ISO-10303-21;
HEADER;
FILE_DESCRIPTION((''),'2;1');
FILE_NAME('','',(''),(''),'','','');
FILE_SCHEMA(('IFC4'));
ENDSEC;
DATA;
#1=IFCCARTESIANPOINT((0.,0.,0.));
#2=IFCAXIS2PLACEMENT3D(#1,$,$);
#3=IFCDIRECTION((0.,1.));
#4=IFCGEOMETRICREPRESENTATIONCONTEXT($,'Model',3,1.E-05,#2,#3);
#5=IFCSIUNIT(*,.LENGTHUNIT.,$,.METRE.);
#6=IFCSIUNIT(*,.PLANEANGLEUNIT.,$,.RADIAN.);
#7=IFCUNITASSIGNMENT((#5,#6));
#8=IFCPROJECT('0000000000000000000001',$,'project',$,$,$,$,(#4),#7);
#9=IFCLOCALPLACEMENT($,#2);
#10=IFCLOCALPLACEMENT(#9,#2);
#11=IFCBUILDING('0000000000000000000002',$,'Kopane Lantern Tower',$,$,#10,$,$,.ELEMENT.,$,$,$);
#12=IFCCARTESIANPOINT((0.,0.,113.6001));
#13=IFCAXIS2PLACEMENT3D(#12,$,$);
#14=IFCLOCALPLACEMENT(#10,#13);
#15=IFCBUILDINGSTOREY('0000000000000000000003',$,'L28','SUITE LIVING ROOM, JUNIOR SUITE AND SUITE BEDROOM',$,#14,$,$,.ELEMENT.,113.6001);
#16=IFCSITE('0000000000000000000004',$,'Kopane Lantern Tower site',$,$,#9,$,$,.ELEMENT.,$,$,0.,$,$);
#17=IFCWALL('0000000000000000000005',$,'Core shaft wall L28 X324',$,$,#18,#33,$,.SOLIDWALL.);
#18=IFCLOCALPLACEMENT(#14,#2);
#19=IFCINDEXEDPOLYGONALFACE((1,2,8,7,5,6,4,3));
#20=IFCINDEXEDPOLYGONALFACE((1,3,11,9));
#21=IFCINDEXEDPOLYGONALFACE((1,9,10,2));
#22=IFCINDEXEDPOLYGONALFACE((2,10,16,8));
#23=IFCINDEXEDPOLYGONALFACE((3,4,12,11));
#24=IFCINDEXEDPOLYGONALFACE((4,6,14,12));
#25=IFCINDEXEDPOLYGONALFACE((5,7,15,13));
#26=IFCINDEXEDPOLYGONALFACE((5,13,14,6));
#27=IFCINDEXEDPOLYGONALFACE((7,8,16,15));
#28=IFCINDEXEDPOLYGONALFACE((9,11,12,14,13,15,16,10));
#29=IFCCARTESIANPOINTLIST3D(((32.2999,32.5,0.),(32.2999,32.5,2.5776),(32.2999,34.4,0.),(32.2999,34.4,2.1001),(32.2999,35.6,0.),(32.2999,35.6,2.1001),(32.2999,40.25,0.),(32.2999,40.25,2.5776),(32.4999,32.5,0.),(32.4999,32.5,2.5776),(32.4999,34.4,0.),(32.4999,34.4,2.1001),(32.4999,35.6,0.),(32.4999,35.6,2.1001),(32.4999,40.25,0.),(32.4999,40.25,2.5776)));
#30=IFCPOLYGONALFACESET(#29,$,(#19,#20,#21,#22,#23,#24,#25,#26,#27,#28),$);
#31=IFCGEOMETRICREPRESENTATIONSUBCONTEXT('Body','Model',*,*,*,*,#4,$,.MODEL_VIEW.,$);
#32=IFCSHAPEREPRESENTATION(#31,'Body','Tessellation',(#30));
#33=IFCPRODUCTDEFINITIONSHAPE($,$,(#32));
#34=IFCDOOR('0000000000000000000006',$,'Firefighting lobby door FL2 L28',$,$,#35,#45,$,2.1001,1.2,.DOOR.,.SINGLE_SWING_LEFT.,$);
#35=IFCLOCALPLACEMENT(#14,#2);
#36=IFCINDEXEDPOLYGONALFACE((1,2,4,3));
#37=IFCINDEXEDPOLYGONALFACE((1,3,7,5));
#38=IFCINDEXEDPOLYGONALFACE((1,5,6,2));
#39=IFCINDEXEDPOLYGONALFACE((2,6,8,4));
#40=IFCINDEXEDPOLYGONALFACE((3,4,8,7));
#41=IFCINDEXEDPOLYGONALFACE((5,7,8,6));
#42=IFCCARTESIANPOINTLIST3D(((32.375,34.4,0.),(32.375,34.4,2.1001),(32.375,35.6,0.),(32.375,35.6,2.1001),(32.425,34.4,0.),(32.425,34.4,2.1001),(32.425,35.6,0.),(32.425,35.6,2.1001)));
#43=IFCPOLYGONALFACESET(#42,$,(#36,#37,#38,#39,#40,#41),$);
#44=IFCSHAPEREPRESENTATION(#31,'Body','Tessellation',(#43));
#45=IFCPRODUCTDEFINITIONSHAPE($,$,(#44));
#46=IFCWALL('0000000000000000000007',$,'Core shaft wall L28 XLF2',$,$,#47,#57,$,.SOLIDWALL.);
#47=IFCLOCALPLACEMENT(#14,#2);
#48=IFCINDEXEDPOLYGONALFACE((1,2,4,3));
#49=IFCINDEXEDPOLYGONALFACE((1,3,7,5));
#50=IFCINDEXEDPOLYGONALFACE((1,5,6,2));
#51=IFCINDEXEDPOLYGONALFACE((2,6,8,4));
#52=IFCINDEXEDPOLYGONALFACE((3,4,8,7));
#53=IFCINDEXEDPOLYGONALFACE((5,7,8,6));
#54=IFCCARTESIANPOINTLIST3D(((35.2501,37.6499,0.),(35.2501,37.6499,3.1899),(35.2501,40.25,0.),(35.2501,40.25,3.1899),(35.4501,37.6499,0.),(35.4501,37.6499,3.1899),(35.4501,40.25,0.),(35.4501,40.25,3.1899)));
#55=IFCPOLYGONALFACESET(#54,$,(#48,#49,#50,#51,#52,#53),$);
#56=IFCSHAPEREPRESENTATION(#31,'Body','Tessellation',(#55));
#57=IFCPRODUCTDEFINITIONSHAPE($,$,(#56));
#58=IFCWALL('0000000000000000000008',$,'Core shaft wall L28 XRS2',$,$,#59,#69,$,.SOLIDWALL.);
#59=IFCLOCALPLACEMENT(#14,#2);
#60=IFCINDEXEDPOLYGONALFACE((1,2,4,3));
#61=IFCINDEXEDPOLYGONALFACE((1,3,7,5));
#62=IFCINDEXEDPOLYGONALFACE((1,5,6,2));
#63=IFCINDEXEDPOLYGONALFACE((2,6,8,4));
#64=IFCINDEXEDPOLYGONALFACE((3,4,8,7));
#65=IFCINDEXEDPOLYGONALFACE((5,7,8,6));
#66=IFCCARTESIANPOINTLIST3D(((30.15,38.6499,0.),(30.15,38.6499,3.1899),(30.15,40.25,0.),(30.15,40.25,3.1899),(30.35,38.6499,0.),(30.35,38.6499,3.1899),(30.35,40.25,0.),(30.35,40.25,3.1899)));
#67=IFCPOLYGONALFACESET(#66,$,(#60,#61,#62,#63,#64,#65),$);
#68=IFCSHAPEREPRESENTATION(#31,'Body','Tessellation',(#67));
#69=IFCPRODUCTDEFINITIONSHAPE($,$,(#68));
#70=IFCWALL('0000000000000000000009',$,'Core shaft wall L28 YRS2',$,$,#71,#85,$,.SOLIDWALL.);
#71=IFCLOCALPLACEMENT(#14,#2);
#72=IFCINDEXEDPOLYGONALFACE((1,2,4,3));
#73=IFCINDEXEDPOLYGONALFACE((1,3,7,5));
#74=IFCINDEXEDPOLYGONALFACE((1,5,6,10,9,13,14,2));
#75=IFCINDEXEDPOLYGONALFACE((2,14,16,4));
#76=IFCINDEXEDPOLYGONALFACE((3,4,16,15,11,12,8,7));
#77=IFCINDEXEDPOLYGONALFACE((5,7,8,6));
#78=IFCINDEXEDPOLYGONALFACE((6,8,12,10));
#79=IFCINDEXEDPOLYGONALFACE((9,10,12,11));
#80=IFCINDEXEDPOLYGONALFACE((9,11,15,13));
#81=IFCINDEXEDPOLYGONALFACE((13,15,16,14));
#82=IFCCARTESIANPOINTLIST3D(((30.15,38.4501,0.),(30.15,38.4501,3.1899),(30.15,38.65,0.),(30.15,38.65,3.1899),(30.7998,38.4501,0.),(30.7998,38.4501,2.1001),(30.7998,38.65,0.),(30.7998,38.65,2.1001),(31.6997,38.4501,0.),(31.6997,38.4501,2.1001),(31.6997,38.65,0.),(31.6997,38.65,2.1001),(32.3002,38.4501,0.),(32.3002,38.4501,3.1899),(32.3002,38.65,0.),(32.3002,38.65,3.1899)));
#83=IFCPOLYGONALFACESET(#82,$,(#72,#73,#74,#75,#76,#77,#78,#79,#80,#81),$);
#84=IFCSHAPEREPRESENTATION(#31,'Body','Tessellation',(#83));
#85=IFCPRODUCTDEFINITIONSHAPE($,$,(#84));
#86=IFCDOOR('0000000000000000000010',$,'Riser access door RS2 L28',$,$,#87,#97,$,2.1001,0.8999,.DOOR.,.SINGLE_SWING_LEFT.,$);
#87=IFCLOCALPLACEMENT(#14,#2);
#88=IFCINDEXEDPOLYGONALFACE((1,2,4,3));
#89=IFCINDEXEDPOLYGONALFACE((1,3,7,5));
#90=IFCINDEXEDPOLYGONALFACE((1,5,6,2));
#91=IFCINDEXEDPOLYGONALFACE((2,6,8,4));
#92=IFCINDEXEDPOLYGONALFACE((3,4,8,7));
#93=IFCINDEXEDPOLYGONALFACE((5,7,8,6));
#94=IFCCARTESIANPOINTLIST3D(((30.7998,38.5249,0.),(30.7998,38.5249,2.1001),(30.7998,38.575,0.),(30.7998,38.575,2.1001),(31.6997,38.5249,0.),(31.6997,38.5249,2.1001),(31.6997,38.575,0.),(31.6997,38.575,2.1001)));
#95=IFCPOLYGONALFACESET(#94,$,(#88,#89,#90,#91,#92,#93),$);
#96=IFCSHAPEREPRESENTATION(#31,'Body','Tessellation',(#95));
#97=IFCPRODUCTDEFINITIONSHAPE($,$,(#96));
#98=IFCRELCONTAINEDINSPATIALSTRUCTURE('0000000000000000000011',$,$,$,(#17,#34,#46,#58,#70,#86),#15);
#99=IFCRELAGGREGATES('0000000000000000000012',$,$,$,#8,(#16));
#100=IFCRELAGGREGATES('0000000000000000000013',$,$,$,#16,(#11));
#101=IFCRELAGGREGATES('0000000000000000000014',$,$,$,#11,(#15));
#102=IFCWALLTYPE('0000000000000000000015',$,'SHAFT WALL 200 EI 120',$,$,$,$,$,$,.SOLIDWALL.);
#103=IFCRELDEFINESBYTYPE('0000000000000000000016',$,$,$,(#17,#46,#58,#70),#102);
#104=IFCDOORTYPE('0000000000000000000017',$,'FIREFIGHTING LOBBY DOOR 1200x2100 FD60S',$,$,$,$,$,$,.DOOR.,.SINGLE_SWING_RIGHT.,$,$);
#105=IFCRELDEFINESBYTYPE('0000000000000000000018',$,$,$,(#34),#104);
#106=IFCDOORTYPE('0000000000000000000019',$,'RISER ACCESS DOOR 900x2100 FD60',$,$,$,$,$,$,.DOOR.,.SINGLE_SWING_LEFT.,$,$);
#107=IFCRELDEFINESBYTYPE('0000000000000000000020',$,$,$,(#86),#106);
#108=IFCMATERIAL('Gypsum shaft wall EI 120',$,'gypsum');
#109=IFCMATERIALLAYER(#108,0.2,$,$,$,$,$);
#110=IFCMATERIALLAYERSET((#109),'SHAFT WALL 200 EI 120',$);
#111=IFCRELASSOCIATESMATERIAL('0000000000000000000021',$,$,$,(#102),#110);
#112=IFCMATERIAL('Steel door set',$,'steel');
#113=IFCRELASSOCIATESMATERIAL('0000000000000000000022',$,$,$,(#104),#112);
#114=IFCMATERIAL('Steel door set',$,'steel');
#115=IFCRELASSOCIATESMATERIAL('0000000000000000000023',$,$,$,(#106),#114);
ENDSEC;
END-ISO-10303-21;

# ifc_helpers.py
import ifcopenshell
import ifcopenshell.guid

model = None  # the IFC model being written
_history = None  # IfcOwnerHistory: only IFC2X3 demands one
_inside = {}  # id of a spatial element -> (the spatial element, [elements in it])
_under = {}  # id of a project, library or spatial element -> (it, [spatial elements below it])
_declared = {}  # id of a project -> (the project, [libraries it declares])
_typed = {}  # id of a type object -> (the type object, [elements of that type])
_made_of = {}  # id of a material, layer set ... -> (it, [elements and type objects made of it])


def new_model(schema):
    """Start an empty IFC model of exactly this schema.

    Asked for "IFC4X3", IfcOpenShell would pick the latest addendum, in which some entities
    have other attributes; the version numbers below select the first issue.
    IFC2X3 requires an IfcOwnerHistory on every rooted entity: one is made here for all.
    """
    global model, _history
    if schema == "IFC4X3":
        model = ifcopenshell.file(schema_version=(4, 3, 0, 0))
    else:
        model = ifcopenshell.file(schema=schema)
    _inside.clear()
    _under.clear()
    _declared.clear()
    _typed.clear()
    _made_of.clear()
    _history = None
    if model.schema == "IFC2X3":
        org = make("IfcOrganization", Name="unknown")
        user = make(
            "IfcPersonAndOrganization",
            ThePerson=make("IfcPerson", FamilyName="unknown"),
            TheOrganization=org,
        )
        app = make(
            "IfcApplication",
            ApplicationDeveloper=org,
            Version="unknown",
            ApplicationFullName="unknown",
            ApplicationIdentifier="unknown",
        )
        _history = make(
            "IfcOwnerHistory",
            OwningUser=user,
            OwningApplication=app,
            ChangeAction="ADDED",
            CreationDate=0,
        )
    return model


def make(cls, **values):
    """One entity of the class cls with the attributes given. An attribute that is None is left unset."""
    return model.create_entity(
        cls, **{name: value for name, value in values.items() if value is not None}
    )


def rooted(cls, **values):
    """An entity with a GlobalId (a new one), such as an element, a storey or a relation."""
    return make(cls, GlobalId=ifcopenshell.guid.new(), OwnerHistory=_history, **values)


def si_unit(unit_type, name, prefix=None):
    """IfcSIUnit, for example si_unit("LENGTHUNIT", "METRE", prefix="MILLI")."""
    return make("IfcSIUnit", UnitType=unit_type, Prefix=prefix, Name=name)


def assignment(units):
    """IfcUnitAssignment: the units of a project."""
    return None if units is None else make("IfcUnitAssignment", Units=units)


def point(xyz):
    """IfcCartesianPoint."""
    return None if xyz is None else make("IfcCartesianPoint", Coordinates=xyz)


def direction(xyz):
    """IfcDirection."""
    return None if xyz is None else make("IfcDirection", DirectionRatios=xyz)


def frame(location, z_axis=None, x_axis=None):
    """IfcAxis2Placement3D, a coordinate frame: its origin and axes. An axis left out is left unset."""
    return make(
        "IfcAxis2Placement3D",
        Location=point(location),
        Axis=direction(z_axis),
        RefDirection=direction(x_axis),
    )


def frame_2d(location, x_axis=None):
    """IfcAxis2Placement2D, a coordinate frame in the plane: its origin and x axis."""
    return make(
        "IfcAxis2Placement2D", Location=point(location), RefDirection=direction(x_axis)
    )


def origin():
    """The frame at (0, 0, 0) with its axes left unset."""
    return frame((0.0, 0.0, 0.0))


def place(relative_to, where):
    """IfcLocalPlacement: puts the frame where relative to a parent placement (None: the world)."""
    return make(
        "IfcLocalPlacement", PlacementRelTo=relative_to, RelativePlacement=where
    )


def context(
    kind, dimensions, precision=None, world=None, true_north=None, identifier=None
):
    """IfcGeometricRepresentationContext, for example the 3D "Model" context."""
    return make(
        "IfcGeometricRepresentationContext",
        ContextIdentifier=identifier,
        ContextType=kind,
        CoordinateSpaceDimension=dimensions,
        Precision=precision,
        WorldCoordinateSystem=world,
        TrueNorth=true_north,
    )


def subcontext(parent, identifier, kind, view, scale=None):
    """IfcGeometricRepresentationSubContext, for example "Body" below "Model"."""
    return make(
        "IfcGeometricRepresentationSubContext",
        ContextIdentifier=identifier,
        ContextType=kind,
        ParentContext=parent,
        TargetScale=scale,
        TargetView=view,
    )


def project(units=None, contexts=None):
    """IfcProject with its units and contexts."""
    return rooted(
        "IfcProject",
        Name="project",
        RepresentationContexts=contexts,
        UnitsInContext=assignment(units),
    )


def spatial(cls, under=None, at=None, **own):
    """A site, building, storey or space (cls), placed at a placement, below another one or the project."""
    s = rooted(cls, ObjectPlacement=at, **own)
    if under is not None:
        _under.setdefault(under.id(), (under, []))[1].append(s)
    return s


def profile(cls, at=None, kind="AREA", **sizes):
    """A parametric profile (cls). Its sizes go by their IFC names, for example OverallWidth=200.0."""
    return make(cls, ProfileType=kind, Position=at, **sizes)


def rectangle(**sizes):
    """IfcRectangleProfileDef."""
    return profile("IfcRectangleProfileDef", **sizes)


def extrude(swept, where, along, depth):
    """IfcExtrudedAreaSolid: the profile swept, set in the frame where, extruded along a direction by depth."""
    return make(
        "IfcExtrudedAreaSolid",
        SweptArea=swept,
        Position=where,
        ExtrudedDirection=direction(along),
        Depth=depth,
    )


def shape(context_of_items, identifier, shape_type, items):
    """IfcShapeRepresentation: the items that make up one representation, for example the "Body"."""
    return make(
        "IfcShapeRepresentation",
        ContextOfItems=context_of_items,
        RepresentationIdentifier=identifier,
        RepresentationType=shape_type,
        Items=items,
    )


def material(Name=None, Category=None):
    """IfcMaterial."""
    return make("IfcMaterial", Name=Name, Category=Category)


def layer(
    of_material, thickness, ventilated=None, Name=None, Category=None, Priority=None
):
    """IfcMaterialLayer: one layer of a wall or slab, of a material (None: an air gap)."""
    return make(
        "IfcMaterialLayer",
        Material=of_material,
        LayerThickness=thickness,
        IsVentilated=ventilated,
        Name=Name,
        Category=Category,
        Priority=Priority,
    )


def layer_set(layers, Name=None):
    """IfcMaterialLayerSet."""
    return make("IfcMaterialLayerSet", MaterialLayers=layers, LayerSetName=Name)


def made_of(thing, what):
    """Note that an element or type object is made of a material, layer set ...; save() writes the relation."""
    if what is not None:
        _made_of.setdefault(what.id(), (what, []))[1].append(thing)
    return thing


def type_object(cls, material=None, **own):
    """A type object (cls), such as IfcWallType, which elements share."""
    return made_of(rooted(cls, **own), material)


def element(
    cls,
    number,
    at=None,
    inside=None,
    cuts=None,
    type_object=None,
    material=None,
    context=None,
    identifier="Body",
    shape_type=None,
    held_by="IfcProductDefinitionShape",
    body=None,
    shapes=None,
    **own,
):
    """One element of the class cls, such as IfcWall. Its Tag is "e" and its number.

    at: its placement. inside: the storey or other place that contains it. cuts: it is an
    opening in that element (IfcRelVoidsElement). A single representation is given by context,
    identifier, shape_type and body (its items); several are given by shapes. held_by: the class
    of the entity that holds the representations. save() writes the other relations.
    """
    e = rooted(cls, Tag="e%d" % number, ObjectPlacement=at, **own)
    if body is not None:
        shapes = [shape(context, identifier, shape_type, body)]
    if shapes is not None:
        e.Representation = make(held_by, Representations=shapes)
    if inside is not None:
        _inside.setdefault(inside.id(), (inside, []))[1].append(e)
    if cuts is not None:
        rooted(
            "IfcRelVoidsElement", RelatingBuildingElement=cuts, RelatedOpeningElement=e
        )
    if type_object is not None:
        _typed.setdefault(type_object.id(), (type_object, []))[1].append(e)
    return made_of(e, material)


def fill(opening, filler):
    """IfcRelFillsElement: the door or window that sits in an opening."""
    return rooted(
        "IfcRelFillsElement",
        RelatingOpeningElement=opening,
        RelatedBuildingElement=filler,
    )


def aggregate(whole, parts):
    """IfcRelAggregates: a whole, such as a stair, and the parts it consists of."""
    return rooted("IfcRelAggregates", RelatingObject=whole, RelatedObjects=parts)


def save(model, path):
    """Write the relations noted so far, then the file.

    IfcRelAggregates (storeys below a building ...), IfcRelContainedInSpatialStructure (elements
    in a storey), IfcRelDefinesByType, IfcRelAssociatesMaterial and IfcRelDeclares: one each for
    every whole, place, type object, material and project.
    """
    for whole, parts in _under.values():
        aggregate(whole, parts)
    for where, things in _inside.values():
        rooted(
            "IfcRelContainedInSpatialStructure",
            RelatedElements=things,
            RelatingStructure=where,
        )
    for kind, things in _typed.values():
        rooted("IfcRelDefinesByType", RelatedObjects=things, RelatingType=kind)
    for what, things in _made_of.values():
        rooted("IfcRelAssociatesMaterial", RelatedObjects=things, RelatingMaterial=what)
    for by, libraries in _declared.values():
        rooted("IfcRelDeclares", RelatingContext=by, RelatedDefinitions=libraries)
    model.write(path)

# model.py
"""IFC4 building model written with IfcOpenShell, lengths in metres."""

from ifc_helpers import new_model, si_unit, direction, frame, frame_2d, origin, place, context, subcontext, project, spatial, rectangle, extrude, material, layer, layer_set, type_object, element, fill, save


model = new_model("IFC4")

# Units and contexts
model_context = context("Model", 3, precision=1e-05, world=origin(), true_north=direction((0.0, 1.0)))
body_context = subcontext(model_context, "Body", "Model", "MODEL_VIEW")
ifc_project = project(units=[si_unit("LENGTHUNIT", "METRE"), si_unit("PLANEANGLEUNIT", "RADIAN")], contexts=[model_context])

# Site, building, storey
site_placement = place(None, origin())
site = spatial("IfcSite", under=ifc_project, at=site_placement, Name="Kopane Lantern Tower site", CompositionType="ELEMENT", RefElevation=0.0)
building_placement = place(site_placement, origin())
building = spatial("IfcBuilding", under=site, at=building_placement, Name="Kopane Lantern Tower", CompositionType="ELEMENT")
storey_placement = place(building_placement, frame((0.0, 0.0, 113.6001)))
storey = spatial("IfcBuildingStorey", under=building, at=storey_placement, Name="L28", Description="SUITE LIVING ROOM, JUNIOR SUITE AND SUITE BEDROOM", CompositionType="ELEMENT", Elevation=113.6001)

# Shared definitions
ifc_material_1 = material(Name="Gypsum shaft wall EI 120", Category="gypsum")
ifc_layer_1 = layer(ifc_material_1, 0.2)
ifc_layer_set_1 = layer_set([ifc_layer_1], Name="SHAFT WALL 200 EI 120")
wall_type_1 = type_object("IfcWallType", Name="SHAFT WALL 200 EI 120", PredefinedType="SOLIDWALL", material=ifc_layer_set_1)

# Wall, opening, door
wall_1_placement = place(storey_placement, frame((32.3999, 32.5, 0.0), z_axis=(0.0, 0.0, 1.0), x_axis=(0.0, 1.0, 0.0)))
wall_1 = element("IfcWall", 1, at=wall_1_placement, inside=storey, type_object=wall_type_1, Name="Core shaft wall L28 X324", PredefinedType="SOLIDWALL", context=body_context, shape_type="SweptSolid", body=[
    extrude(rectangle(XDim=7.75, YDim=0.2, at=frame_2d((3.875, 0.0))), origin(), (0.0, 0.0, 1.0), 2.5776),
])
opening_1_placement = place(wall_1_placement, frame((1.8999, 0.0, 0.0)))
opening_1 = element("IfcOpeningElement", 2, at=opening_1_placement, cuts=wall_1, PredefinedType="OPENING", context=body_context, shape_type="SweptSolid", body=[
    extrude(rectangle(XDim=1.2, YDim=2.1001, at=frame_2d((0.6001, 1.05))), frame((0.0, 0.1099, 0.0), z_axis=(0.0, -1.0, 0.0), x_axis=(1.0, 0.0, 0.0)), (0.0, 0.0, 1.0), 0.22),
])
ifc_material_2 = material(Name="Steel door set", Category="steel")
door_type_1 = type_object("IfcDoorType", Name="FIREFIGHTING LOBBY DOOR 1200x2100 FD60S", OperationType="SINGLE_SWING_RIGHT", PredefinedType="DOOR", material=ifc_material_2)
door_1_placement = place(opening_1_placement, origin())
door_1 = element("IfcDoor", 3, at=door_1_placement, inside=storey, type_object=door_type_1, Name="Firefighting lobby door FL2 L28", OperationType="SINGLE_SWING_LEFT", OverallHeight=2.1001, OverallWidth=1.2, PredefinedType="DOOR", context=body_context, shape_type="SweptSolid", body=[
    extrude(rectangle(XDim=1.2, YDim=2.1001, at=frame_2d((0.6001, 1.05))), frame((0.0, 0.0249, 0.0), z_axis=(0.0, -1.0, 0.0), x_axis=(1.0, 0.0, 0.0)), (0.0, 0.0, 1.0), 0.05),
])
fill(opening_1, door_1)

# Walls
wall_2_placement = place(storey_placement, frame((35.3501, 37.6499, 0.0), z_axis=(0.0, 0.0, 1.0), x_axis=(0.0, 1.0, 0.0)))
element("IfcWall", 4, at=wall_2_placement, inside=storey, type_object=wall_type_1, Name="Core shaft wall L28 XLF2", PredefinedType="SOLIDWALL", context=body_context, shape_type="SweptSolid", body=[
    extrude(rectangle(XDim=2.6001, YDim=0.2, at=frame_2d((1.3, 0.0))), origin(), (0.0, 0.0, 1.0), 3.1899),
])
wall_3_placement = place(storey_placement, frame((30.25, 38.6499, 0.0), z_axis=(0.0, 0.0, 1.0), x_axis=(0.0, 1.0, 0.0)))
element("IfcWall", 5, at=wall_3_placement, inside=storey, type_object=wall_type_1, Name="Core shaft wall L28 XRS2", PredefinedType="SOLIDWALL", context=body_context, shape_type="SweptSolid", body=[
    extrude(rectangle(XDim=1.6001, YDim=0.2, at=frame_2d((0.8, 0.0))), origin(), (0.0, 0.0, 1.0), 3.1899),
])

# Wall, opening, door
wall_4_placement = place(storey_placement, frame((30.1499, 38.55, 0.0), z_axis=(0.0, 0.0, 1.0), x_axis=(1.0, 0.0, 0.0)))
wall_4 = element("IfcWall", 6, at=wall_4_placement, inside=storey, type_object=wall_type_1, Name="Core shaft wall L28 YRS2", PredefinedType="SOLIDWALL", context=body_context, shape_type="SweptSolid", body=[
    extrude(rectangle(XDim=2.1501, YDim=0.2, at=frame_2d((1.0752, 0.0))), origin(), (0.0, 0.0, 1.0), 3.1899),
])
opening_2_placement = place(wall_4_placement, frame((0.6499, 0.0, 0.0)))
opening_2 = element("IfcOpeningElement", 7, at=opening_2_placement, cuts=wall_4, PredefinedType="OPENING", context=body_context, shape_type="SweptSolid", body=[
    extrude(rectangle(XDim=0.8999, YDim=2.1001, at=frame_2d((0.45, 1.05))), frame((0.0, 0.1099, 0.0), z_axis=(0.0, -1.0, 0.0), x_axis=(1.0, 0.0, 0.0)), (0.0, 0.0, 1.0), 0.22),
])
ifc_material_3 = material(Name="Steel door set", Category="steel")
door_type_2 = type_object("IfcDoorType", Name="RISER ACCESS DOOR 900x2100 FD60", OperationType="SINGLE_SWING_LEFT", PredefinedType="DOOR", material=ifc_material_3)
door_2_placement = place(opening_2_placement, origin())
door_2 = element("IfcDoor", 8, at=door_2_placement, inside=storey, type_object=door_type_2, Name="Riser access door RS2 L28", OperationType="SINGLE_SWING_LEFT", OverallHeight=2.1001, OverallWidth=0.8999, PredefinedType="DOOR", context=body_context, shape_type="SweptSolid", body=[
    extrude(rectangle(XDim=0.8999, YDim=2.1001, at=frame_2d((0.45, 1.05))), frame((0.0, 0.0249, 0.0), z_axis=(0.0, -1.0, 0.0), x_axis=(1.0, 0.0, 0.0)), (0.0, 0.0, 1.0), 0.05),
])
fill(opening_2, door_2)

save(model, "model.ifc")
